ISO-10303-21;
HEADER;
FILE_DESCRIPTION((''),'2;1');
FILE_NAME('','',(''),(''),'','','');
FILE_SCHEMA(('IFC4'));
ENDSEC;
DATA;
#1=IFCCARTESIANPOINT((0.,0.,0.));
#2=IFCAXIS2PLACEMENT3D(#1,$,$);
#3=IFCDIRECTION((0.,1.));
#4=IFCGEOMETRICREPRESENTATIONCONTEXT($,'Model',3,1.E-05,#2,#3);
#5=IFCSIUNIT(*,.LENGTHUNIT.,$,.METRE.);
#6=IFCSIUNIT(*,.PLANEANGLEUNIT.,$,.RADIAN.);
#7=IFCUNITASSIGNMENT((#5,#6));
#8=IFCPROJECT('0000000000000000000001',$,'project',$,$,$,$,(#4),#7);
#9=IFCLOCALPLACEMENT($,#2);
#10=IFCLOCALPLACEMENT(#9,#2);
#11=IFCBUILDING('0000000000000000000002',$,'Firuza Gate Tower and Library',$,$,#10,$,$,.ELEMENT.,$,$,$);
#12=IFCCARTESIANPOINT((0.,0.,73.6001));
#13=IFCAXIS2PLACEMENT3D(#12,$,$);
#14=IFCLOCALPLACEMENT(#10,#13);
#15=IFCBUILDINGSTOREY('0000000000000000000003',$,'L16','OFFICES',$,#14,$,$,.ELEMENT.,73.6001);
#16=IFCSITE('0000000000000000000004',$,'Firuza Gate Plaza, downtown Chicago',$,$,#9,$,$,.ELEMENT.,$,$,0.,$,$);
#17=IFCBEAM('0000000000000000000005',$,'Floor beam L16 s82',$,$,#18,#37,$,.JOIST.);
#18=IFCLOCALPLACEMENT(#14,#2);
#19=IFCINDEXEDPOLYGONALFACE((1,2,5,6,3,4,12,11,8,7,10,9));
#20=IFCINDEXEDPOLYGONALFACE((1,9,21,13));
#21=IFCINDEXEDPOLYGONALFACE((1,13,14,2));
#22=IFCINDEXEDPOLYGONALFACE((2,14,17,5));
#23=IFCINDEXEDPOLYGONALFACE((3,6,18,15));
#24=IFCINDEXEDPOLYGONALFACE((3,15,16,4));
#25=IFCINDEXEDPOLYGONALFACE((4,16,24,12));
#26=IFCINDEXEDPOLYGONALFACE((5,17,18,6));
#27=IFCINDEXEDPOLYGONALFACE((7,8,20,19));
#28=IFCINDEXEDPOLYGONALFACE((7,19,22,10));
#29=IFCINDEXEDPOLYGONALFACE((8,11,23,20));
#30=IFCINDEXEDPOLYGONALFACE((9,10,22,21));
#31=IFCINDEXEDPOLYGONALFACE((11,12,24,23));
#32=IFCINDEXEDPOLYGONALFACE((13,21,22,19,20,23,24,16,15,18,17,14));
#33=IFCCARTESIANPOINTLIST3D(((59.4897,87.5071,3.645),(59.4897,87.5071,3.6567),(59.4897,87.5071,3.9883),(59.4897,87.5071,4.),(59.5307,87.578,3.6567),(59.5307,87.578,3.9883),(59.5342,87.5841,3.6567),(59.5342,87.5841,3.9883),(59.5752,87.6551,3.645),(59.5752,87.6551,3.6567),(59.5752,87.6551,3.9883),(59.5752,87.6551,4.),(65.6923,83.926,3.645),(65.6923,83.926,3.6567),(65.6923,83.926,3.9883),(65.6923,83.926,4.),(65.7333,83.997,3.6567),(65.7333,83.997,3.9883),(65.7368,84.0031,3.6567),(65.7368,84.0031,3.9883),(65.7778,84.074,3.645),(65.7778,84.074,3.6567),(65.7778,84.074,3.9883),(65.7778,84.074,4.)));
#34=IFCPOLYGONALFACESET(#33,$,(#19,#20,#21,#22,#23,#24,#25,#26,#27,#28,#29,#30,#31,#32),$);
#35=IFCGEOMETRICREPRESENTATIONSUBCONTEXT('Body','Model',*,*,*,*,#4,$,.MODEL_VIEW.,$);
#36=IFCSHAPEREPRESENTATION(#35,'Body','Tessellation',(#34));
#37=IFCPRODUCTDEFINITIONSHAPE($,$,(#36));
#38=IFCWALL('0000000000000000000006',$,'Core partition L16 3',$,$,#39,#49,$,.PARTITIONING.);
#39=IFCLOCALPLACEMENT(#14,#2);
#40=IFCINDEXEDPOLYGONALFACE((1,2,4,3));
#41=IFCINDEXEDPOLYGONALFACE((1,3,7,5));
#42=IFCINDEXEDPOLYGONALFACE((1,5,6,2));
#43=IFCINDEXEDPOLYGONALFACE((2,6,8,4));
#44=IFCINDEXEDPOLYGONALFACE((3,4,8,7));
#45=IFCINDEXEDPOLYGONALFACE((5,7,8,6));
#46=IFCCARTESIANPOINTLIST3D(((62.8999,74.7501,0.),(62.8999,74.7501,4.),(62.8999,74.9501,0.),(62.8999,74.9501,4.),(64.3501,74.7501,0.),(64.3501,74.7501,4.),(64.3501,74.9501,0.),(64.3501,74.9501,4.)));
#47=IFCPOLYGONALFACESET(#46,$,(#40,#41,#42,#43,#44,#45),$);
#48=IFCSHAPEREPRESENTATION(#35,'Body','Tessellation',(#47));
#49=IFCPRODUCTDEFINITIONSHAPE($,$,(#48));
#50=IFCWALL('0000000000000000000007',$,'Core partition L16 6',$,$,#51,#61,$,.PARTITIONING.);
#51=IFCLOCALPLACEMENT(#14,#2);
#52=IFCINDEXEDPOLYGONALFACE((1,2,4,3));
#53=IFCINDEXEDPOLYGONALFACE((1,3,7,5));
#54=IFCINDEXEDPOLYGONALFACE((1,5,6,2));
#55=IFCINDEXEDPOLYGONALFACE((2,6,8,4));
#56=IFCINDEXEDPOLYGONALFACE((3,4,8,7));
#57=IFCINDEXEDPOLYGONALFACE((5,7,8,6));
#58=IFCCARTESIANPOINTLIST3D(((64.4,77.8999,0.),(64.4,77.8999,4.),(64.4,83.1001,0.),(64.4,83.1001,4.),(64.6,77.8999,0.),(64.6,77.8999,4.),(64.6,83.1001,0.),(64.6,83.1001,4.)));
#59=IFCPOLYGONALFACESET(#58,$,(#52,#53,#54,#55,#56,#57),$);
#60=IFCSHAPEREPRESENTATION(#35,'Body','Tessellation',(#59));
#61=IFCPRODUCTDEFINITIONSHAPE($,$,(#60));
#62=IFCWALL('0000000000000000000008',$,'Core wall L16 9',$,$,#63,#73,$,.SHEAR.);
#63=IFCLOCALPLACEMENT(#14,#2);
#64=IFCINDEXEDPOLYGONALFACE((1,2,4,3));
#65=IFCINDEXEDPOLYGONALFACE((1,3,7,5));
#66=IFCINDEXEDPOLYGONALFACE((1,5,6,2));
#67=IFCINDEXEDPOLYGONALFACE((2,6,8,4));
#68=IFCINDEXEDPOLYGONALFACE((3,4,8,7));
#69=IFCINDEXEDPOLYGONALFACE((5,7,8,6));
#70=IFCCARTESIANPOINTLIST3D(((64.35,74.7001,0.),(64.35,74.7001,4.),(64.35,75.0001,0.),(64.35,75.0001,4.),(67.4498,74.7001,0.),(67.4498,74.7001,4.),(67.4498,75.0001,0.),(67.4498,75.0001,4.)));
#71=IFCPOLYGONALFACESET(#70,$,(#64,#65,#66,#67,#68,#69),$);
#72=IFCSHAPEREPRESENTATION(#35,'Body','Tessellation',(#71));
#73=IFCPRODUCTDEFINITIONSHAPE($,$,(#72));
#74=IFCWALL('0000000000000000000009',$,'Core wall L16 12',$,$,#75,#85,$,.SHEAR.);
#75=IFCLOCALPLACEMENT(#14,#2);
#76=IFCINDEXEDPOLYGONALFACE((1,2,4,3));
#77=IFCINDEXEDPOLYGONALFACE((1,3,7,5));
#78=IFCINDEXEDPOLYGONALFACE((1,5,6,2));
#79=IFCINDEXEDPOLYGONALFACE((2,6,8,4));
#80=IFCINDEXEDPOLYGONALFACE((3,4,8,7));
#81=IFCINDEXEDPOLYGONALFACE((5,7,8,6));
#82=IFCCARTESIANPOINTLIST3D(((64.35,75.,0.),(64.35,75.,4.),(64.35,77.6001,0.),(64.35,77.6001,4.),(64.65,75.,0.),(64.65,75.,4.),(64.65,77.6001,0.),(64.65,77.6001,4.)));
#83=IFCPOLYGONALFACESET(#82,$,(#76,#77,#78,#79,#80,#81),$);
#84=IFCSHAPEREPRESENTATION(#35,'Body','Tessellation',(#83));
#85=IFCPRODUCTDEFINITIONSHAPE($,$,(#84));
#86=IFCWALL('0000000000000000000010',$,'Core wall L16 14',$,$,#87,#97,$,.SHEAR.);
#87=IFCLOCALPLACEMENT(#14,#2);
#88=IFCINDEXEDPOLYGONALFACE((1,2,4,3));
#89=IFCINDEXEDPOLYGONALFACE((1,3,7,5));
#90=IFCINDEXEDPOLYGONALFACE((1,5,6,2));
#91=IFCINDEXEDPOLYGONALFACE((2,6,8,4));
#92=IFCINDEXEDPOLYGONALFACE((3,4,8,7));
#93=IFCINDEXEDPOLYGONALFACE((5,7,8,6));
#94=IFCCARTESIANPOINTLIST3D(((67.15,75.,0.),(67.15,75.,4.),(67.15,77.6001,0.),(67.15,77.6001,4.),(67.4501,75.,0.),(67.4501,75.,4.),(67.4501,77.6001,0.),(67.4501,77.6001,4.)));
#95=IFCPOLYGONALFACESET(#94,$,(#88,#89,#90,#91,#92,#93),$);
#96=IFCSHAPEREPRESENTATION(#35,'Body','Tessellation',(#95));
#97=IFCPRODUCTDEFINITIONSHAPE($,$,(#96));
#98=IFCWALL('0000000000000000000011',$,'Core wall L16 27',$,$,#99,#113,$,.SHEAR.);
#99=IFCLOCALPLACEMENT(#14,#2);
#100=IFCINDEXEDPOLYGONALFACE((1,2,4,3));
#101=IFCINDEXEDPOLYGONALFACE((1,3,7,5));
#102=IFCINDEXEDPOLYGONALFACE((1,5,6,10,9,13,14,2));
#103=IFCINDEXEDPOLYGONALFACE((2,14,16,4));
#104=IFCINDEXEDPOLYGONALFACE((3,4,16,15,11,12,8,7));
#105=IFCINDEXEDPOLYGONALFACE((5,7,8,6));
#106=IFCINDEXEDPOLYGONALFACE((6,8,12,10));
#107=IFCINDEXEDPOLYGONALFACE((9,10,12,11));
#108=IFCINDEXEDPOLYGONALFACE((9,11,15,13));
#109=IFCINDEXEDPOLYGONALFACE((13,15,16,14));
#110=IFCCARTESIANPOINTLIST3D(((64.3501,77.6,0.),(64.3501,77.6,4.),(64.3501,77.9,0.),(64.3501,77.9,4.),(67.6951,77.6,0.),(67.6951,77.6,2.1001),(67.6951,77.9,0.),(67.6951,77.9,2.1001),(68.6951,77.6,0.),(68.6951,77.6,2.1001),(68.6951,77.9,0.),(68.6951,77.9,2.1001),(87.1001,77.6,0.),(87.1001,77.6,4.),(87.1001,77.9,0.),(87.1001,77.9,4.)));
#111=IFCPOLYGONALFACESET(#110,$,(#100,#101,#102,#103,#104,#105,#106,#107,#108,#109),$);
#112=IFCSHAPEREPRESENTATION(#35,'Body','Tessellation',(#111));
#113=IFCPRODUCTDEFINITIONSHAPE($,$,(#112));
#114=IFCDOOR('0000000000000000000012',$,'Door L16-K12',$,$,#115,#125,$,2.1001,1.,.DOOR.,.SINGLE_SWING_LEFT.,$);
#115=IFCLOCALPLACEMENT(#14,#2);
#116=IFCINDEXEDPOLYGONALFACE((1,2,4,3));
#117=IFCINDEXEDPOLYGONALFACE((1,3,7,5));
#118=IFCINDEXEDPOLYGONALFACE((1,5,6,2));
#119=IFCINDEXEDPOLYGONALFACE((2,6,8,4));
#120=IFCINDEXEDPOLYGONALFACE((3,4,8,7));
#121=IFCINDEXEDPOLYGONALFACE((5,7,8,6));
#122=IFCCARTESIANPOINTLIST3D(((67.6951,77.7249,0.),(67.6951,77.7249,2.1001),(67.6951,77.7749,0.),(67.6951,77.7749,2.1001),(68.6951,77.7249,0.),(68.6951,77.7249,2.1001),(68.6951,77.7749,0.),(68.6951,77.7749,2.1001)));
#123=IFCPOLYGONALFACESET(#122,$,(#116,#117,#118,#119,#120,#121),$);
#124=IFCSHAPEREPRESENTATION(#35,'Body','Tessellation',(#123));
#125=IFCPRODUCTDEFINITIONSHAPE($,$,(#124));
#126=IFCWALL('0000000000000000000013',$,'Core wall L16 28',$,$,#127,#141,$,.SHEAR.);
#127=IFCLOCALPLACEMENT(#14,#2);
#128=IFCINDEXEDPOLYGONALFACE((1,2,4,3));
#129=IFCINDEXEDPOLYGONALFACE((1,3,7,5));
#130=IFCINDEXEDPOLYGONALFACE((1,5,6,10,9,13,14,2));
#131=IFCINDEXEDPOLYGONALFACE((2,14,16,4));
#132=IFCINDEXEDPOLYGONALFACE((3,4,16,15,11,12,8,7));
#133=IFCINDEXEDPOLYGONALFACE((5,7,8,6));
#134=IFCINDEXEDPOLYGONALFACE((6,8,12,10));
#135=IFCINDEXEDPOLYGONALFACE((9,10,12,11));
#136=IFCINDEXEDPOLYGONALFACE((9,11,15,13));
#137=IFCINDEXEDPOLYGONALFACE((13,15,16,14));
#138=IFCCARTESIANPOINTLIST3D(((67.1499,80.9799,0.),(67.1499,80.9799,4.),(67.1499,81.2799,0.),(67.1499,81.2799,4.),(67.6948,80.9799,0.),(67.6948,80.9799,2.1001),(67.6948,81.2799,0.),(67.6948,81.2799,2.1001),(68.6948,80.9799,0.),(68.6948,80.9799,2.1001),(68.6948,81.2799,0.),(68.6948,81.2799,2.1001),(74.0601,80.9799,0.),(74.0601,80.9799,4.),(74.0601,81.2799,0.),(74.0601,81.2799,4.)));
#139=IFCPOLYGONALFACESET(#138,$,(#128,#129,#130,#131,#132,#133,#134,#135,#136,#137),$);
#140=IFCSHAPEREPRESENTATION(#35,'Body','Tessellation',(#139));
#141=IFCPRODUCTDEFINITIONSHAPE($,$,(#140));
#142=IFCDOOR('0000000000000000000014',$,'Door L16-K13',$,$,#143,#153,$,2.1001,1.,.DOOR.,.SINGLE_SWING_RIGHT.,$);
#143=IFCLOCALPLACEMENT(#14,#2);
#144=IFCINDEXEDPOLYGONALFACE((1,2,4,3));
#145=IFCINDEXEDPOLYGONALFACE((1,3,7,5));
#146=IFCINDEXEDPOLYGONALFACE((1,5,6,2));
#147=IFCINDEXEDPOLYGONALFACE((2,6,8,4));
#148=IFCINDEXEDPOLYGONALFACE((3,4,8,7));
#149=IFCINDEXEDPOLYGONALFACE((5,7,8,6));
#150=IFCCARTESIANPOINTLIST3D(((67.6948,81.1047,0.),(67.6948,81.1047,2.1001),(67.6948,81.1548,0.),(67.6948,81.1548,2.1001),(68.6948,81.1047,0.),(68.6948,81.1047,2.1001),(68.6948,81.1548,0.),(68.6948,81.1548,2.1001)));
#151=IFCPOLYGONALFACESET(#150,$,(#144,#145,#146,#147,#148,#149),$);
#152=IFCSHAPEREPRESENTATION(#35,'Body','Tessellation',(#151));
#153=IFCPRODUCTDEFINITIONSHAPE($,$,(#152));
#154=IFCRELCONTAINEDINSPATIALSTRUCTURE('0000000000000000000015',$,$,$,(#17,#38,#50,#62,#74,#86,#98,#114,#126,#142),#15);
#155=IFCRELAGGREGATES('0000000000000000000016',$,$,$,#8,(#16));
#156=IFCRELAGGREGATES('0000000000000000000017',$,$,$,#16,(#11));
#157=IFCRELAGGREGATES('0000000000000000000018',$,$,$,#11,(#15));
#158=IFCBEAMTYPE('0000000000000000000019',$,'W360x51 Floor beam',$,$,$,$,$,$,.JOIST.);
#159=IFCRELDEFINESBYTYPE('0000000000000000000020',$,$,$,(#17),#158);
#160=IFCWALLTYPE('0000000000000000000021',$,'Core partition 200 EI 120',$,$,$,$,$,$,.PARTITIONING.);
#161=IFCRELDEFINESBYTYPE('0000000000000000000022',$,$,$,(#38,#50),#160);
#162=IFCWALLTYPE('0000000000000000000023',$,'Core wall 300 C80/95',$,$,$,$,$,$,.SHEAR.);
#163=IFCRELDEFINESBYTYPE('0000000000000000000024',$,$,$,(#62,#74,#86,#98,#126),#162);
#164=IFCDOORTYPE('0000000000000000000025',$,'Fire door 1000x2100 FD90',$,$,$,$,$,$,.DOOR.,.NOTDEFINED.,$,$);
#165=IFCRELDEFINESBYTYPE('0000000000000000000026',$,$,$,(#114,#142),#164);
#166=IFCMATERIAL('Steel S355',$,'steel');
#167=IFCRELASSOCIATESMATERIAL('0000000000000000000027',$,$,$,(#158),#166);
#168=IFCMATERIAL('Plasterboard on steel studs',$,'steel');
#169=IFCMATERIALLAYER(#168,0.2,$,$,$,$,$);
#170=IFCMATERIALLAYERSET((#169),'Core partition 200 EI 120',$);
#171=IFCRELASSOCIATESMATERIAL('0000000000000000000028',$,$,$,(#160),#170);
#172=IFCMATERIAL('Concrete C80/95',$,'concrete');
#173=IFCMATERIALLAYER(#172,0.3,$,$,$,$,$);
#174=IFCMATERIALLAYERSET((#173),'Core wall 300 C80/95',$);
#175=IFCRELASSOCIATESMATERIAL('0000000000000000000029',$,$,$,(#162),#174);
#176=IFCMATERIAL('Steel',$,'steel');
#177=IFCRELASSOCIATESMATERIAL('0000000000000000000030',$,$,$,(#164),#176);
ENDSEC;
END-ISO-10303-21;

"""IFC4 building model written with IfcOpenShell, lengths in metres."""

from ifc_helpers import new_model, si_unit, direction, frame, frame_2d, origin, origin_2d, place, context, subcontext, project, spatial, rectangle, i_section, extrude, material, layer, layer_set, material_profile, profile_set, type_object, element, fill, save


model = new_model("IFC4")

# Units and contexts
model_context = context("Model", 3, precision=1e-05, world=origin(), true_north=direction((0.0, 1.0)))
body_context = subcontext(model_context, "Body", "Model", "MODEL_VIEW")
ifc_project = project(units=[si_unit("LENGTHUNIT", "METRE"), si_unit("PLANEANGLEUNIT", "RADIAN")], contexts=[model_context])

# Site, building, storey
site_placement = place(None, origin())
site = spatial("IfcSite", under=ifc_project, at=site_placement, Name="Firuza Gate Plaza, downtown Chicago", CompositionType="ELEMENT", RefElevation=0.0)
building_placement = place(site_placement, origin())
building = spatial("IfcBuilding", under=site, at=building_placement, Name="Firuza Gate Tower and Library", CompositionType="ELEMENT")
storey_placement = place(building_placement, frame((0.0, 0.0, 73.6001)))
storey = spatial("IfcBuildingStorey", under=building, at=storey_placement, Name="L16", Description="OFFICES", CompositionType="ELEMENT", Elevation=73.6001)

# Beam
ifc_material_1 = material(Name="Steel S355", Category="steel")
ifc_material_profile = material_profile(ifc_material_1, i_section(OverallWidth=0.1709, OverallDepth=0.355, WebThickness=0.0071, FlangeThickness=0.0117, at=origin_2d()))
ifc_profile_set = profile_set([ifc_material_profile], Name="Steel S355")
beam_type = type_object("IfcBeamType", Name="W360x51 Floor beam", PredefinedType="JOIST", material=ifc_profile_set)
beam_placement = place(storey_placement, frame((59.5325, 87.5811, 3.8225), z_axis=(0.866028, -0.499996, 0.0), x_axis=(0.499996, 0.866028, 0.0)))
element("IfcBeam", 1, at=beam_placement, inside=storey, type_object=beam_type, Name="Floor beam L16 s82", PredefinedType="JOIST", context=body_context, shape_type="SweptSolid", body=[
    extrude(i_section(OverallWidth=0.1709, OverallDepth=0.355, WebThickness=0.0071, FlangeThickness=0.0117, at=origin_2d()), origin(), (0.0, 0.0, 1.0), 7.1621),
])

# Walls
ifc_material_2 = material(Name="Plasterboard on steel studs", Category="steel")
ifc_layer_1 = layer(ifc_material_2, 0.2)
ifc_layer_set_1 = layer_set([ifc_layer_1], Name="Core partition 200 EI 120")
wall_type_1 = type_object("IfcWallType", Name="Core partition 200 EI 120", PredefinedType="PARTITIONING", material=ifc_layer_set_1)
wall_1_placement = place(storey_placement, frame((62.8999, 74.8501, 0.0), z_axis=(0.0, 0.0, 1.0), x_axis=(1.0, 0.0, 0.0)))
element("IfcWall", 2, at=wall_1_placement, inside=storey, type_object=wall_type_1, Name="Core partition L16 3", PredefinedType="PARTITIONING", context=body_context, shape_type="SweptSolid", body=[
    extrude(rectangle(XDim=1.4502, YDim=0.2, at=frame_2d((0.7251, 0.0))), origin(), (0.0, 0.0, 1.0), 4.0),
])
wall_2_placement = place(storey_placement, frame((64.5, 77.8999, 0.0), z_axis=(0.0, 0.0, 1.0), x_axis=(0.0, 1.0, 0.0)))
element("IfcWall", 3, at=wall_2_placement, inside=storey, type_object=wall_type_1, Name="Core partition L16 6", PredefinedType="PARTITIONING", context=body_context, shape_type="SweptSolid", body=[
    extrude(rectangle(XDim=5.2002, YDim=0.2, at=frame_2d((2.6001, 0.0))), origin(), (0.0, 0.0, 1.0), 4.0),
])
ifc_material_3 = material(Name="Concrete C80/95", Category="concrete")
ifc_layer_2 = layer(ifc_material_3, 0.3)
ifc_layer_set_2 = layer_set([ifc_layer_2], Name="Core wall 300 C80/95")
wall_type_2 = type_object("IfcWallType", Name="Core wall 300 C80/95", PredefinedType="SHEAR", material=ifc_layer_set_2)
wall_3_placement = place(storey_placement, frame((64.3501, 74.8501, 0.0), z_axis=(0.0, 0.0, 1.0), x_axis=(1.0, 0.0, 0.0)))
element("IfcWall", 4, at=wall_3_placement, inside=storey, type_object=wall_type_2, Name="Core wall L16 9", PredefinedType="SHEAR", context=body_context, shape_type="SweptSolid", body=[
    extrude(rectangle(XDim=3.0999, YDim=0.3, at=frame_2d((1.5498, 0.0))), origin(), (0.0, 0.0, 1.0), 4.0),
])
for number, where, z_axis, x_axis, name in (
    (5, (64.5, 75.0, 0.0), (0.0, 0.0, 1.0), (0.0, 1.0, 0.0), "Core wall L16 12"),
    (6, (67.3, 75.0, 0.0), (0.0, 0.0, 1.0), (0.0, 1.0, 0.0), "Core wall L16 14"),
):
    element("IfcWall", number, at=place(storey_placement, frame(where, z_axis=z_axis, x_axis=x_axis)), inside=storey, type_object=wall_type_2, Name=name, PredefinedType="SHEAR", context=body_context, shape_type="SweptSolid", body=[
        extrude(rectangle(XDim=2.6001, YDim=0.3, at=frame_2d((1.3, 0.0))), origin(), (0.0, 0.0, 1.0), 4.0),
    ])

# Walls, openings, doors
wall_4_placement = place(storey_placement, frame((64.3501, 77.75, 0.0), z_axis=(0.0, 0.0, 1.0), x_axis=(1.0, 0.0, 0.0)))
wall_4 = element("IfcWall", 7, at=wall_4_placement, inside=storey, type_object=wall_type_2, Name="Core wall L16 27", PredefinedType="SHEAR", context=body_context, shape_type="SweptSolid", body=[
    extrude(rectangle(XDim=22.75, YDim=0.3, at=frame_2d((11.375, 0.0))), origin(), (0.0, 0.0, 1.0), 4.0),
])
opening_1_placement = place(wall_4_placement, frame((3.345, 0.0, 0.0)))
opening_1 = element("IfcOpeningElement", 8, at=opening_1_placement, cuts=wall_4, PredefinedType="OPENING", context=body_context, shape_type="SweptSolid", body=[
    extrude(rectangle(XDim=1.0, YDim=2.1001, at=frame_2d((0.5, 1.05))), frame((0.0, 0.1602, 0.0), z_axis=(0.0, -1.0, 0.0), x_axis=(1.0, 0.0, 0.0)), (0.0, 0.0, 1.0), 0.3201),
])
ifc_material_4 = material(Name="Steel", Category="steel")
door_type_1 = type_object("IfcDoorType", Name="Fire door 1000x2100 FD90", OperationType="NOTDEFINED", PredefinedType="DOOR", material=ifc_material_4)
door_1_placement = place(opening_1_placement, origin())
door_1 = element("IfcDoor", 9, at=door_1_placement, inside=storey, type_object=door_type_1, Name="Door L16-K12", OperationType="SINGLE_SWING_LEFT", OverallHeight=2.1001, OverallWidth=1.0, PredefinedType="DOOR", context=body_context, shape_type="SweptSolid", body=[
    extrude(rectangle(XDim=1.0, YDim=2.1001, at=frame_2d((0.5, 1.05))), frame((0.0, 0.0249, 0.0), z_axis=(0.0, -1.0, 0.0), x_axis=(1.0, 0.0, 0.0)), (0.0, 0.0, 1.0), 0.05),
])
fill(opening_1, door_1)
wall_5_placement = place(storey_placement, frame((67.1499, 81.1299, 0.0), z_axis=(0.0, 0.0, 1.0), x_axis=(1.0, 0.0, 0.0)))
wall_5 = element("IfcWall", 10, at=wall_5_placement, inside=storey, type_object=wall_type_2, Name="Core wall L16 28", PredefinedType="SHEAR", context=body_context, shape_type="SweptSolid", body=[
    extrude(rectangle(XDim=6.9102, YDim=0.3, at=frame_2d((3.4551, 0.0))), origin(), (0.0, 0.0, 1.0), 4.0),
])
opening_2_placement = place(wall_5_placement, frame((0.5449, 0.0, 0.0)))
opening_2 = element("IfcOpeningElement", 11, at=opening_2_placement, cuts=wall_5, PredefinedType="OPENING", context=body_context, shape_type="SweptSolid", body=[
    extrude(rectangle(XDim=1.0, YDim=2.1001, at=frame_2d((0.5, 1.05))), frame((0.0, 0.1602, 0.0), z_axis=(0.0, -1.0, 0.0), x_axis=(1.0, 0.0, 0.0)), (0.0, 0.0, 1.0), 0.3201),
])
door_2_placement = place(opening_2_placement, origin())
door_2 = element("IfcDoor", 12, at=door_2_placement, inside=storey, type_object=door_type_1, Name="Door L16-K13", OperationType="SINGLE_SWING_RIGHT", OverallHeight=2.1001, OverallWidth=1.0, PredefinedType="DOOR", context=body_context, shape_type="SweptSolid", body=[
    extrude(rectangle(XDim=1.0, YDim=2.1001, at=frame_2d((0.5, 1.05))), frame((0.0, 0.0249, 0.0), z_axis=(0.0, -1.0, 0.0), x_axis=(1.0, 0.0, 0.0)), (0.0, 0.0, 1.0), 0.05),
])
fill(opening_2, door_2)

save(model, "model.ifc")
